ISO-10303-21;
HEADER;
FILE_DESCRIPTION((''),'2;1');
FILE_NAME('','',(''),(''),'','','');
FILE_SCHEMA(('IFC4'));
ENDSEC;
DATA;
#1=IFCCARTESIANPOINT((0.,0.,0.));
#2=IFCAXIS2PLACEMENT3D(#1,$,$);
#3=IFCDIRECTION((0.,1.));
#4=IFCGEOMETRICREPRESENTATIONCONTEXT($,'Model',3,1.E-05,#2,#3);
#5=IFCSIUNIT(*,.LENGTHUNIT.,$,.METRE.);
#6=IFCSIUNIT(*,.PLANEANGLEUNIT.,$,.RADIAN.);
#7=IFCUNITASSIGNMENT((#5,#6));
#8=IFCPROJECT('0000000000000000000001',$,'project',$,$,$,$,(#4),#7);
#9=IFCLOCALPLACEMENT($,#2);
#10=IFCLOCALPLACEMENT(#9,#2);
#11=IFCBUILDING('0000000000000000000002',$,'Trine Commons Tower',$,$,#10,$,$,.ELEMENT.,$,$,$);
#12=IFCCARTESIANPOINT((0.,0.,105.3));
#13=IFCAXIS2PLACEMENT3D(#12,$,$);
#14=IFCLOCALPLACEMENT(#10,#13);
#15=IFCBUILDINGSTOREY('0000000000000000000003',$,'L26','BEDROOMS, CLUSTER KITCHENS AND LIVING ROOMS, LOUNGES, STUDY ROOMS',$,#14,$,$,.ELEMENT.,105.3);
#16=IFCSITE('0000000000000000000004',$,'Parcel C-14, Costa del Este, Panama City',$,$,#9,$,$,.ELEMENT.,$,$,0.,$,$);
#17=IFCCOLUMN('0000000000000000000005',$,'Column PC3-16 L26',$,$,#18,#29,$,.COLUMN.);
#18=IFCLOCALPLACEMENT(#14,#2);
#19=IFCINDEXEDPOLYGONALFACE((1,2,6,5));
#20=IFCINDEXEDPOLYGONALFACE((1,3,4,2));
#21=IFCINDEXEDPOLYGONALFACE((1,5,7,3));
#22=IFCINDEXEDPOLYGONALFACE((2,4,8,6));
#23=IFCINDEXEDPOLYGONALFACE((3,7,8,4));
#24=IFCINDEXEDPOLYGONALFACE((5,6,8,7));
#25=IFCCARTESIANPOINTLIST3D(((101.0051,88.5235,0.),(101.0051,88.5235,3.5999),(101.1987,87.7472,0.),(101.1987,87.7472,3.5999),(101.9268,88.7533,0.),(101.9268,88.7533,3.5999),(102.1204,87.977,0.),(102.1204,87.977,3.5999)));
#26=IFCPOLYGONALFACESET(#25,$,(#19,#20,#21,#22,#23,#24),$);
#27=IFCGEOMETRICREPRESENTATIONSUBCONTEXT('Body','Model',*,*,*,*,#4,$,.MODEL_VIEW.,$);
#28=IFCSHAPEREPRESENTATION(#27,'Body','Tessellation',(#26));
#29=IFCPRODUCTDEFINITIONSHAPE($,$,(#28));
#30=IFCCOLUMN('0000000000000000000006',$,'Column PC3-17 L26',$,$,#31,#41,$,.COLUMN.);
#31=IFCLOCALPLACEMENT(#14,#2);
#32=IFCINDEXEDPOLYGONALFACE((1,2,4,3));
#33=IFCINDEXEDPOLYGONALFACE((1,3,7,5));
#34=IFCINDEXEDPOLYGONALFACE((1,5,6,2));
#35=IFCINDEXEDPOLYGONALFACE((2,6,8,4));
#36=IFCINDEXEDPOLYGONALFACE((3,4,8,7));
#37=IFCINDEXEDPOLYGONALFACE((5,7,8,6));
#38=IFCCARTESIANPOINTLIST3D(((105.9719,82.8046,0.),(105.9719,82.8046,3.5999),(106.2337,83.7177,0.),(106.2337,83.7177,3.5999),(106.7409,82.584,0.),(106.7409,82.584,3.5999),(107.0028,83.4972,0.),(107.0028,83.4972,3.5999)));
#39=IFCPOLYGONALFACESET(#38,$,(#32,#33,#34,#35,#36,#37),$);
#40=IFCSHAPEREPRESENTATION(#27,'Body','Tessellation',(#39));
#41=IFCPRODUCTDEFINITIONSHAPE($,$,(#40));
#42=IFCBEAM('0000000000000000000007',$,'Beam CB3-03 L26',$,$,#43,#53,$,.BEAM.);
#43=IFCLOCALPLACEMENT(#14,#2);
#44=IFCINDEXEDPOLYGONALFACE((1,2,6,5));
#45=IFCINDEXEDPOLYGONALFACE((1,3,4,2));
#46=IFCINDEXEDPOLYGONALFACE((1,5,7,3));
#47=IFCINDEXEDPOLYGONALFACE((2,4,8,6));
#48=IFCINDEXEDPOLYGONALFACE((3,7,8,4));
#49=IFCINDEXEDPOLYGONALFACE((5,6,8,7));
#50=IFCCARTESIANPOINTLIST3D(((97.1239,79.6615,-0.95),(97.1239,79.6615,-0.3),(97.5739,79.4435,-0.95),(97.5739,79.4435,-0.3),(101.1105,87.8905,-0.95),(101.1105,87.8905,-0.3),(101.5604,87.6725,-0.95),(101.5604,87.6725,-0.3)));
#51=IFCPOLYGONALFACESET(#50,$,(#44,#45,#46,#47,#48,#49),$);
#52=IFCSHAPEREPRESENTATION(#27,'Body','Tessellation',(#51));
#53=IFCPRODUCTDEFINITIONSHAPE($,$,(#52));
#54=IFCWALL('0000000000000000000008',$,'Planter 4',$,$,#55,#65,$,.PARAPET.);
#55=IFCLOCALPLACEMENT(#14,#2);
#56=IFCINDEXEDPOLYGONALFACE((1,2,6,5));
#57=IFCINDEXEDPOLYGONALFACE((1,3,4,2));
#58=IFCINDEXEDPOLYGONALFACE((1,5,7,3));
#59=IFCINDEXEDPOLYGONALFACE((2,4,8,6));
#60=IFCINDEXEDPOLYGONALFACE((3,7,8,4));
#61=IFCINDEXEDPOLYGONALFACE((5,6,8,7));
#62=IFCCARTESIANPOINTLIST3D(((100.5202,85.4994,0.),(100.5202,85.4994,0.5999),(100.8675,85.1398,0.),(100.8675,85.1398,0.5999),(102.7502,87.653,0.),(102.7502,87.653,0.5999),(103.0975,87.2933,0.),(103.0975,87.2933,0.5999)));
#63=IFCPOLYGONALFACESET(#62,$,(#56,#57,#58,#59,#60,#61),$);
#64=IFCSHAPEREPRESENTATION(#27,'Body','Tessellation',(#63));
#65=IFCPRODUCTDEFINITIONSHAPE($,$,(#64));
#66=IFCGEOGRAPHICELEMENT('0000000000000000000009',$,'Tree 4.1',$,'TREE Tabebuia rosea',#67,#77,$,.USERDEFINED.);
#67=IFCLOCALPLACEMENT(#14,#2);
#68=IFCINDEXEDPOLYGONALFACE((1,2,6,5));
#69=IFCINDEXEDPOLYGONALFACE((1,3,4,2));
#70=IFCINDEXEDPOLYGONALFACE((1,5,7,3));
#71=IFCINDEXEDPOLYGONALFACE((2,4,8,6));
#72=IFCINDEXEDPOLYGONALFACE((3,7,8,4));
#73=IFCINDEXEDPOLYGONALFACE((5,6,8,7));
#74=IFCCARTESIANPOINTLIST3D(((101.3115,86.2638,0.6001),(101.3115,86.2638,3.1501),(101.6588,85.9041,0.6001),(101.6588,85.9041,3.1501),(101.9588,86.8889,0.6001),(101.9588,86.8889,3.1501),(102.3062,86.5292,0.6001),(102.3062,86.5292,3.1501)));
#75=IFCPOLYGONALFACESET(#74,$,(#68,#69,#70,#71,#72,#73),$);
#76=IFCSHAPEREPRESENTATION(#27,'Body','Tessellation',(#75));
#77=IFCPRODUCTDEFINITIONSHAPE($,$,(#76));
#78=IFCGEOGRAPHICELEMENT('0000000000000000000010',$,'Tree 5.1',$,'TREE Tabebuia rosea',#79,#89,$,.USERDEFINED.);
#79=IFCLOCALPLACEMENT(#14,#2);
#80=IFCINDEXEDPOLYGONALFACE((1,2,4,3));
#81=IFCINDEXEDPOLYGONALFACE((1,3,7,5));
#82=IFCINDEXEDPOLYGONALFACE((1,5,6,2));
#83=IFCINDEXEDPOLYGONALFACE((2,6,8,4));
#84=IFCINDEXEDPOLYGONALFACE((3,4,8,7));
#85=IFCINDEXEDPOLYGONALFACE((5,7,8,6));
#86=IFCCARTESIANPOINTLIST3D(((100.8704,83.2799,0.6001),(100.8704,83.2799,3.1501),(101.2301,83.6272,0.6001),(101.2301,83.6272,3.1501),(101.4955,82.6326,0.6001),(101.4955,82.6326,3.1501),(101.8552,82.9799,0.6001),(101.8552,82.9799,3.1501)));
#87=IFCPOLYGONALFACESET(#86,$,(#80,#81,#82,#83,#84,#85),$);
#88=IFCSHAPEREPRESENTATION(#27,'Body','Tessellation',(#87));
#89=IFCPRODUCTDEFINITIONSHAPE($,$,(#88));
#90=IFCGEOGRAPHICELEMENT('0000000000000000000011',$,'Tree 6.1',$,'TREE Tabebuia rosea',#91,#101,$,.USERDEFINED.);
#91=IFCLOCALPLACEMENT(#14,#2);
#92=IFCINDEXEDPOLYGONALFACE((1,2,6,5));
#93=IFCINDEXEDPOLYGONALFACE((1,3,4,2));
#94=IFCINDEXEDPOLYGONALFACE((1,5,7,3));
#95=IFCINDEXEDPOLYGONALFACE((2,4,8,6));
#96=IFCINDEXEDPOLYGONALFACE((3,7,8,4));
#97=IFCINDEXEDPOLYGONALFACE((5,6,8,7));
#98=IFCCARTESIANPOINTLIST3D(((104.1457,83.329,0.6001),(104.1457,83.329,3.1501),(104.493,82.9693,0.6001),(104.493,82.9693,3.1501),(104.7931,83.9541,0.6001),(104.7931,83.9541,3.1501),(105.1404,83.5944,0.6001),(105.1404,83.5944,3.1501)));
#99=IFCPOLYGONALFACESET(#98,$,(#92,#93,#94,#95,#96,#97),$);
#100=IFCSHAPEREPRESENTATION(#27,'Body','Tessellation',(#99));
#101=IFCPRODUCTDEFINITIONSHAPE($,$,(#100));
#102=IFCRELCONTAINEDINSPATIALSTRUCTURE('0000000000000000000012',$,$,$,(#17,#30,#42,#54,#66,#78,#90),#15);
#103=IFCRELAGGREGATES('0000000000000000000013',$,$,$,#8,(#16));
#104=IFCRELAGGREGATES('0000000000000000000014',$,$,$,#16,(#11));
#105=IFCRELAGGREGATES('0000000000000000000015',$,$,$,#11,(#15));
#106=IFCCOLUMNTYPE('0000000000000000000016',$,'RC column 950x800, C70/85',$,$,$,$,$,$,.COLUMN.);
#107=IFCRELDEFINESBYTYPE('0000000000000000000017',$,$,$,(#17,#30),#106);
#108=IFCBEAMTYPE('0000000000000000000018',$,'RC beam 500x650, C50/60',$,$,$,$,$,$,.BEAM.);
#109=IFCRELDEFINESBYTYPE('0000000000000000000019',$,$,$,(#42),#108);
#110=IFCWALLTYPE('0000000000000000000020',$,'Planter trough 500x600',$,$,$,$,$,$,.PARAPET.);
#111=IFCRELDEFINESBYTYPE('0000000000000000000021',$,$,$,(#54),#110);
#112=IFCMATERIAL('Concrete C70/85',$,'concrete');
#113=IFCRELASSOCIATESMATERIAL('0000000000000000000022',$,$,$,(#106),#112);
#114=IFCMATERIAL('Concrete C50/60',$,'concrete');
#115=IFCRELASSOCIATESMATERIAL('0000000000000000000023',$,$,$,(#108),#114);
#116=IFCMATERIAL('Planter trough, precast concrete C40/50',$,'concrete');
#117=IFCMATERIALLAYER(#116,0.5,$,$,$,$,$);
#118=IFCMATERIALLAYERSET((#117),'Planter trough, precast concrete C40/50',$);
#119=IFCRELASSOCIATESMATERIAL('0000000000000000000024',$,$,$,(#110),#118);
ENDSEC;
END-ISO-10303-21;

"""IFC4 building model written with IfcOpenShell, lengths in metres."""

from ifc_helpers import new_model, si_unit, direction, frame, frame_2d, origin, origin_2d, place, context, subcontext, project, spatial, rectangle, extrude, material, layer, layer_set, material_profile, profile_set, type_object, element, save


model = new_model("IFC4")

# Units and contexts
model_context = context("Model", 3, precision=1e-05, world=origin(), true_north=direction((0.0, 1.0)))
body_context = subcontext(model_context, "Body", "Model", "MODEL_VIEW")
ifc_project = project(units=[si_unit("LENGTHUNIT", "METRE"), si_unit("PLANEANGLEUNIT", "RADIAN")], contexts=[model_context])

# Site, building, storey
site_placement = place(None, origin())
site = spatial("IfcSite", under=ifc_project, at=site_placement, Name="Parcel C-14, Costa del Este, Panama City", CompositionType="ELEMENT", RefElevation=0.0)
building_placement = place(site_placement, origin())
building = spatial("IfcBuilding", under=site, at=building_placement, Name="Trine Commons Tower", CompositionType="ELEMENT")
storey_placement = place(building_placement, frame((0.0, 0.0, 105.3)))
storey = spatial("IfcBuildingStorey", under=building, at=storey_placement, Name="L26", Description="BEDROOMS, CLUSTER KITCHENS AND LIVING ROOMS, LOUNGES, STUDY ROOMS", CompositionType="ELEMENT", Elevation=105.3)

# Columns
ifc_material_1 = material(Name="Concrete C70/85", Category="concrete")
ifc_material_profile_1 = material_profile(ifc_material_1, rectangle(XDim=0.95, YDim=0.8, at=origin_2d()), Name="RC 950x800")
ifc_profile_set_1 = profile_set([ifc_material_profile_1], Name="Concrete C70/85")
column_type = type_object("IfcColumnType", Name="RC column 950x800, C70/85", PredefinedType="COLUMN", material=ifc_profile_set_1)
for number, where, z_axis, x_axis, name in (
    (1, (101.5627, 88.2502, 0.0), (0.0, 0.0, 1.0), (0.970296, 0.241922, 0.0), "Column PC3-16 L26"),
    (2, (106.4873, 83.1509, 0.0), (0.0, 0.0, 1.0), (0.275637, 0.961262, 0.0), "Column PC3-17 L26"),
):
    element("IfcColumn", number, at=place(storey_placement, frame(where, z_axis=z_axis, x_axis=x_axis)), inside=storey, type_object=column_type, Name=name, PredefinedType="COLUMN", context=body_context, shape_type="SweptSolid", body=[
        extrude(rectangle(XDim=0.95, YDim=0.8, at=origin_2d()), origin(), (0.0, 0.0, 1.0), 3.5999),
    ])

# Beam
ifc_material_2 = material(Name="Concrete C50/60", Category="concrete")
ifc_material_profile_2 = material_profile(ifc_material_2, rectangle(XDim=0.5, YDim=0.6499, at=origin_2d()), Name="RC 500x650")
ifc_profile_set_2 = profile_set([ifc_material_profile_2], Name="Concrete C50/60")
beam_type = type_object("IfcBeamType", Name="RC beam 500x650, C50/60", PredefinedType="BEAM", material=ifc_profile_set_2)
beam_placement = place(storey_placement, frame((101.3354, 87.7815, -0.625), z_axis=(-0.435986, -0.899953, 0.0), x_axis=(0.899953, -0.435986, 0.0)))
element("IfcBeam", 3, at=beam_placement, inside=storey, type_object=beam_type, Name="Beam CB3-03 L26", PredefinedType="BEAM", context=body_context, shape_type="SweptSolid", body=[
    extrude(rectangle(XDim=0.5, YDim=0.6499, at=origin_2d()), origin(), (0.0, 0.0, 1.0), 9.1438),
])

# Wall
ifc_material_3 = material(Name="Planter trough, precast concrete C40/50", Category="concrete")
ifc_layer = layer(ifc_material_3, 0.5)
ifc_layer_set = layer_set([ifc_layer], Name="Planter trough, precast concrete C40/50")
wall_type = type_object("IfcWallType", Name="Planter trough 500x600", PredefinedType="PARAPET", material=ifc_layer_set)
wall_placement = place(storey_placement, frame((102.9238, 87.4731, 0.0), z_axis=(0.0, 0.0, 1.0), x_axis=(-0.719324, -0.694675, 0.0)))
element("IfcWall", 4, at=wall_placement, inside=storey, type_object=wall_type, Name="Planter 4", PredefinedType="PARAPET", context=body_context, shape_type="SweptSolid", body=[
    extrude(rectangle(XDim=3.1001, YDim=0.5, at=frame_2d((1.55, 0.0))), origin(), (0.0, 0.0, 1.0), 0.5999),
])

# Geographic elements
for number, where, z_axis, x_axis, name in (
    (5, (101.8088, 86.3965, 0.6001), (0.0, 0.0, 1.0), (-0.719333, -0.694666, 0.0), "Tree 4.1"),
    (6, (101.3628, 83.1299, 0.6001), (0.0, 0.0, 1.0), (0.694658, -0.71934, 0.0), "Tree 5.1"),
    (7, (104.6431, 83.4617, 0.6001), (0.0, 0.0, 1.0), (0.719363, 0.694635, 0.0), "Tree 6.1"),
):
    element("IfcGeographicElement", number, at=place(storey_placement, frame(where, z_axis=z_axis, x_axis=x_axis)), inside=storey, Name=name, ObjectType="TREE Tabebuia rosea", PredefinedType="USERDEFINED", context=body_context, shape_type="SweptSolid", body=[
        extrude(rectangle(XDim=0.8999, YDim=0.5, at=origin_2d()), origin(), (0.0, 0.0, 1.0), 2.55),
    ])

save(model, "model.ifc")
